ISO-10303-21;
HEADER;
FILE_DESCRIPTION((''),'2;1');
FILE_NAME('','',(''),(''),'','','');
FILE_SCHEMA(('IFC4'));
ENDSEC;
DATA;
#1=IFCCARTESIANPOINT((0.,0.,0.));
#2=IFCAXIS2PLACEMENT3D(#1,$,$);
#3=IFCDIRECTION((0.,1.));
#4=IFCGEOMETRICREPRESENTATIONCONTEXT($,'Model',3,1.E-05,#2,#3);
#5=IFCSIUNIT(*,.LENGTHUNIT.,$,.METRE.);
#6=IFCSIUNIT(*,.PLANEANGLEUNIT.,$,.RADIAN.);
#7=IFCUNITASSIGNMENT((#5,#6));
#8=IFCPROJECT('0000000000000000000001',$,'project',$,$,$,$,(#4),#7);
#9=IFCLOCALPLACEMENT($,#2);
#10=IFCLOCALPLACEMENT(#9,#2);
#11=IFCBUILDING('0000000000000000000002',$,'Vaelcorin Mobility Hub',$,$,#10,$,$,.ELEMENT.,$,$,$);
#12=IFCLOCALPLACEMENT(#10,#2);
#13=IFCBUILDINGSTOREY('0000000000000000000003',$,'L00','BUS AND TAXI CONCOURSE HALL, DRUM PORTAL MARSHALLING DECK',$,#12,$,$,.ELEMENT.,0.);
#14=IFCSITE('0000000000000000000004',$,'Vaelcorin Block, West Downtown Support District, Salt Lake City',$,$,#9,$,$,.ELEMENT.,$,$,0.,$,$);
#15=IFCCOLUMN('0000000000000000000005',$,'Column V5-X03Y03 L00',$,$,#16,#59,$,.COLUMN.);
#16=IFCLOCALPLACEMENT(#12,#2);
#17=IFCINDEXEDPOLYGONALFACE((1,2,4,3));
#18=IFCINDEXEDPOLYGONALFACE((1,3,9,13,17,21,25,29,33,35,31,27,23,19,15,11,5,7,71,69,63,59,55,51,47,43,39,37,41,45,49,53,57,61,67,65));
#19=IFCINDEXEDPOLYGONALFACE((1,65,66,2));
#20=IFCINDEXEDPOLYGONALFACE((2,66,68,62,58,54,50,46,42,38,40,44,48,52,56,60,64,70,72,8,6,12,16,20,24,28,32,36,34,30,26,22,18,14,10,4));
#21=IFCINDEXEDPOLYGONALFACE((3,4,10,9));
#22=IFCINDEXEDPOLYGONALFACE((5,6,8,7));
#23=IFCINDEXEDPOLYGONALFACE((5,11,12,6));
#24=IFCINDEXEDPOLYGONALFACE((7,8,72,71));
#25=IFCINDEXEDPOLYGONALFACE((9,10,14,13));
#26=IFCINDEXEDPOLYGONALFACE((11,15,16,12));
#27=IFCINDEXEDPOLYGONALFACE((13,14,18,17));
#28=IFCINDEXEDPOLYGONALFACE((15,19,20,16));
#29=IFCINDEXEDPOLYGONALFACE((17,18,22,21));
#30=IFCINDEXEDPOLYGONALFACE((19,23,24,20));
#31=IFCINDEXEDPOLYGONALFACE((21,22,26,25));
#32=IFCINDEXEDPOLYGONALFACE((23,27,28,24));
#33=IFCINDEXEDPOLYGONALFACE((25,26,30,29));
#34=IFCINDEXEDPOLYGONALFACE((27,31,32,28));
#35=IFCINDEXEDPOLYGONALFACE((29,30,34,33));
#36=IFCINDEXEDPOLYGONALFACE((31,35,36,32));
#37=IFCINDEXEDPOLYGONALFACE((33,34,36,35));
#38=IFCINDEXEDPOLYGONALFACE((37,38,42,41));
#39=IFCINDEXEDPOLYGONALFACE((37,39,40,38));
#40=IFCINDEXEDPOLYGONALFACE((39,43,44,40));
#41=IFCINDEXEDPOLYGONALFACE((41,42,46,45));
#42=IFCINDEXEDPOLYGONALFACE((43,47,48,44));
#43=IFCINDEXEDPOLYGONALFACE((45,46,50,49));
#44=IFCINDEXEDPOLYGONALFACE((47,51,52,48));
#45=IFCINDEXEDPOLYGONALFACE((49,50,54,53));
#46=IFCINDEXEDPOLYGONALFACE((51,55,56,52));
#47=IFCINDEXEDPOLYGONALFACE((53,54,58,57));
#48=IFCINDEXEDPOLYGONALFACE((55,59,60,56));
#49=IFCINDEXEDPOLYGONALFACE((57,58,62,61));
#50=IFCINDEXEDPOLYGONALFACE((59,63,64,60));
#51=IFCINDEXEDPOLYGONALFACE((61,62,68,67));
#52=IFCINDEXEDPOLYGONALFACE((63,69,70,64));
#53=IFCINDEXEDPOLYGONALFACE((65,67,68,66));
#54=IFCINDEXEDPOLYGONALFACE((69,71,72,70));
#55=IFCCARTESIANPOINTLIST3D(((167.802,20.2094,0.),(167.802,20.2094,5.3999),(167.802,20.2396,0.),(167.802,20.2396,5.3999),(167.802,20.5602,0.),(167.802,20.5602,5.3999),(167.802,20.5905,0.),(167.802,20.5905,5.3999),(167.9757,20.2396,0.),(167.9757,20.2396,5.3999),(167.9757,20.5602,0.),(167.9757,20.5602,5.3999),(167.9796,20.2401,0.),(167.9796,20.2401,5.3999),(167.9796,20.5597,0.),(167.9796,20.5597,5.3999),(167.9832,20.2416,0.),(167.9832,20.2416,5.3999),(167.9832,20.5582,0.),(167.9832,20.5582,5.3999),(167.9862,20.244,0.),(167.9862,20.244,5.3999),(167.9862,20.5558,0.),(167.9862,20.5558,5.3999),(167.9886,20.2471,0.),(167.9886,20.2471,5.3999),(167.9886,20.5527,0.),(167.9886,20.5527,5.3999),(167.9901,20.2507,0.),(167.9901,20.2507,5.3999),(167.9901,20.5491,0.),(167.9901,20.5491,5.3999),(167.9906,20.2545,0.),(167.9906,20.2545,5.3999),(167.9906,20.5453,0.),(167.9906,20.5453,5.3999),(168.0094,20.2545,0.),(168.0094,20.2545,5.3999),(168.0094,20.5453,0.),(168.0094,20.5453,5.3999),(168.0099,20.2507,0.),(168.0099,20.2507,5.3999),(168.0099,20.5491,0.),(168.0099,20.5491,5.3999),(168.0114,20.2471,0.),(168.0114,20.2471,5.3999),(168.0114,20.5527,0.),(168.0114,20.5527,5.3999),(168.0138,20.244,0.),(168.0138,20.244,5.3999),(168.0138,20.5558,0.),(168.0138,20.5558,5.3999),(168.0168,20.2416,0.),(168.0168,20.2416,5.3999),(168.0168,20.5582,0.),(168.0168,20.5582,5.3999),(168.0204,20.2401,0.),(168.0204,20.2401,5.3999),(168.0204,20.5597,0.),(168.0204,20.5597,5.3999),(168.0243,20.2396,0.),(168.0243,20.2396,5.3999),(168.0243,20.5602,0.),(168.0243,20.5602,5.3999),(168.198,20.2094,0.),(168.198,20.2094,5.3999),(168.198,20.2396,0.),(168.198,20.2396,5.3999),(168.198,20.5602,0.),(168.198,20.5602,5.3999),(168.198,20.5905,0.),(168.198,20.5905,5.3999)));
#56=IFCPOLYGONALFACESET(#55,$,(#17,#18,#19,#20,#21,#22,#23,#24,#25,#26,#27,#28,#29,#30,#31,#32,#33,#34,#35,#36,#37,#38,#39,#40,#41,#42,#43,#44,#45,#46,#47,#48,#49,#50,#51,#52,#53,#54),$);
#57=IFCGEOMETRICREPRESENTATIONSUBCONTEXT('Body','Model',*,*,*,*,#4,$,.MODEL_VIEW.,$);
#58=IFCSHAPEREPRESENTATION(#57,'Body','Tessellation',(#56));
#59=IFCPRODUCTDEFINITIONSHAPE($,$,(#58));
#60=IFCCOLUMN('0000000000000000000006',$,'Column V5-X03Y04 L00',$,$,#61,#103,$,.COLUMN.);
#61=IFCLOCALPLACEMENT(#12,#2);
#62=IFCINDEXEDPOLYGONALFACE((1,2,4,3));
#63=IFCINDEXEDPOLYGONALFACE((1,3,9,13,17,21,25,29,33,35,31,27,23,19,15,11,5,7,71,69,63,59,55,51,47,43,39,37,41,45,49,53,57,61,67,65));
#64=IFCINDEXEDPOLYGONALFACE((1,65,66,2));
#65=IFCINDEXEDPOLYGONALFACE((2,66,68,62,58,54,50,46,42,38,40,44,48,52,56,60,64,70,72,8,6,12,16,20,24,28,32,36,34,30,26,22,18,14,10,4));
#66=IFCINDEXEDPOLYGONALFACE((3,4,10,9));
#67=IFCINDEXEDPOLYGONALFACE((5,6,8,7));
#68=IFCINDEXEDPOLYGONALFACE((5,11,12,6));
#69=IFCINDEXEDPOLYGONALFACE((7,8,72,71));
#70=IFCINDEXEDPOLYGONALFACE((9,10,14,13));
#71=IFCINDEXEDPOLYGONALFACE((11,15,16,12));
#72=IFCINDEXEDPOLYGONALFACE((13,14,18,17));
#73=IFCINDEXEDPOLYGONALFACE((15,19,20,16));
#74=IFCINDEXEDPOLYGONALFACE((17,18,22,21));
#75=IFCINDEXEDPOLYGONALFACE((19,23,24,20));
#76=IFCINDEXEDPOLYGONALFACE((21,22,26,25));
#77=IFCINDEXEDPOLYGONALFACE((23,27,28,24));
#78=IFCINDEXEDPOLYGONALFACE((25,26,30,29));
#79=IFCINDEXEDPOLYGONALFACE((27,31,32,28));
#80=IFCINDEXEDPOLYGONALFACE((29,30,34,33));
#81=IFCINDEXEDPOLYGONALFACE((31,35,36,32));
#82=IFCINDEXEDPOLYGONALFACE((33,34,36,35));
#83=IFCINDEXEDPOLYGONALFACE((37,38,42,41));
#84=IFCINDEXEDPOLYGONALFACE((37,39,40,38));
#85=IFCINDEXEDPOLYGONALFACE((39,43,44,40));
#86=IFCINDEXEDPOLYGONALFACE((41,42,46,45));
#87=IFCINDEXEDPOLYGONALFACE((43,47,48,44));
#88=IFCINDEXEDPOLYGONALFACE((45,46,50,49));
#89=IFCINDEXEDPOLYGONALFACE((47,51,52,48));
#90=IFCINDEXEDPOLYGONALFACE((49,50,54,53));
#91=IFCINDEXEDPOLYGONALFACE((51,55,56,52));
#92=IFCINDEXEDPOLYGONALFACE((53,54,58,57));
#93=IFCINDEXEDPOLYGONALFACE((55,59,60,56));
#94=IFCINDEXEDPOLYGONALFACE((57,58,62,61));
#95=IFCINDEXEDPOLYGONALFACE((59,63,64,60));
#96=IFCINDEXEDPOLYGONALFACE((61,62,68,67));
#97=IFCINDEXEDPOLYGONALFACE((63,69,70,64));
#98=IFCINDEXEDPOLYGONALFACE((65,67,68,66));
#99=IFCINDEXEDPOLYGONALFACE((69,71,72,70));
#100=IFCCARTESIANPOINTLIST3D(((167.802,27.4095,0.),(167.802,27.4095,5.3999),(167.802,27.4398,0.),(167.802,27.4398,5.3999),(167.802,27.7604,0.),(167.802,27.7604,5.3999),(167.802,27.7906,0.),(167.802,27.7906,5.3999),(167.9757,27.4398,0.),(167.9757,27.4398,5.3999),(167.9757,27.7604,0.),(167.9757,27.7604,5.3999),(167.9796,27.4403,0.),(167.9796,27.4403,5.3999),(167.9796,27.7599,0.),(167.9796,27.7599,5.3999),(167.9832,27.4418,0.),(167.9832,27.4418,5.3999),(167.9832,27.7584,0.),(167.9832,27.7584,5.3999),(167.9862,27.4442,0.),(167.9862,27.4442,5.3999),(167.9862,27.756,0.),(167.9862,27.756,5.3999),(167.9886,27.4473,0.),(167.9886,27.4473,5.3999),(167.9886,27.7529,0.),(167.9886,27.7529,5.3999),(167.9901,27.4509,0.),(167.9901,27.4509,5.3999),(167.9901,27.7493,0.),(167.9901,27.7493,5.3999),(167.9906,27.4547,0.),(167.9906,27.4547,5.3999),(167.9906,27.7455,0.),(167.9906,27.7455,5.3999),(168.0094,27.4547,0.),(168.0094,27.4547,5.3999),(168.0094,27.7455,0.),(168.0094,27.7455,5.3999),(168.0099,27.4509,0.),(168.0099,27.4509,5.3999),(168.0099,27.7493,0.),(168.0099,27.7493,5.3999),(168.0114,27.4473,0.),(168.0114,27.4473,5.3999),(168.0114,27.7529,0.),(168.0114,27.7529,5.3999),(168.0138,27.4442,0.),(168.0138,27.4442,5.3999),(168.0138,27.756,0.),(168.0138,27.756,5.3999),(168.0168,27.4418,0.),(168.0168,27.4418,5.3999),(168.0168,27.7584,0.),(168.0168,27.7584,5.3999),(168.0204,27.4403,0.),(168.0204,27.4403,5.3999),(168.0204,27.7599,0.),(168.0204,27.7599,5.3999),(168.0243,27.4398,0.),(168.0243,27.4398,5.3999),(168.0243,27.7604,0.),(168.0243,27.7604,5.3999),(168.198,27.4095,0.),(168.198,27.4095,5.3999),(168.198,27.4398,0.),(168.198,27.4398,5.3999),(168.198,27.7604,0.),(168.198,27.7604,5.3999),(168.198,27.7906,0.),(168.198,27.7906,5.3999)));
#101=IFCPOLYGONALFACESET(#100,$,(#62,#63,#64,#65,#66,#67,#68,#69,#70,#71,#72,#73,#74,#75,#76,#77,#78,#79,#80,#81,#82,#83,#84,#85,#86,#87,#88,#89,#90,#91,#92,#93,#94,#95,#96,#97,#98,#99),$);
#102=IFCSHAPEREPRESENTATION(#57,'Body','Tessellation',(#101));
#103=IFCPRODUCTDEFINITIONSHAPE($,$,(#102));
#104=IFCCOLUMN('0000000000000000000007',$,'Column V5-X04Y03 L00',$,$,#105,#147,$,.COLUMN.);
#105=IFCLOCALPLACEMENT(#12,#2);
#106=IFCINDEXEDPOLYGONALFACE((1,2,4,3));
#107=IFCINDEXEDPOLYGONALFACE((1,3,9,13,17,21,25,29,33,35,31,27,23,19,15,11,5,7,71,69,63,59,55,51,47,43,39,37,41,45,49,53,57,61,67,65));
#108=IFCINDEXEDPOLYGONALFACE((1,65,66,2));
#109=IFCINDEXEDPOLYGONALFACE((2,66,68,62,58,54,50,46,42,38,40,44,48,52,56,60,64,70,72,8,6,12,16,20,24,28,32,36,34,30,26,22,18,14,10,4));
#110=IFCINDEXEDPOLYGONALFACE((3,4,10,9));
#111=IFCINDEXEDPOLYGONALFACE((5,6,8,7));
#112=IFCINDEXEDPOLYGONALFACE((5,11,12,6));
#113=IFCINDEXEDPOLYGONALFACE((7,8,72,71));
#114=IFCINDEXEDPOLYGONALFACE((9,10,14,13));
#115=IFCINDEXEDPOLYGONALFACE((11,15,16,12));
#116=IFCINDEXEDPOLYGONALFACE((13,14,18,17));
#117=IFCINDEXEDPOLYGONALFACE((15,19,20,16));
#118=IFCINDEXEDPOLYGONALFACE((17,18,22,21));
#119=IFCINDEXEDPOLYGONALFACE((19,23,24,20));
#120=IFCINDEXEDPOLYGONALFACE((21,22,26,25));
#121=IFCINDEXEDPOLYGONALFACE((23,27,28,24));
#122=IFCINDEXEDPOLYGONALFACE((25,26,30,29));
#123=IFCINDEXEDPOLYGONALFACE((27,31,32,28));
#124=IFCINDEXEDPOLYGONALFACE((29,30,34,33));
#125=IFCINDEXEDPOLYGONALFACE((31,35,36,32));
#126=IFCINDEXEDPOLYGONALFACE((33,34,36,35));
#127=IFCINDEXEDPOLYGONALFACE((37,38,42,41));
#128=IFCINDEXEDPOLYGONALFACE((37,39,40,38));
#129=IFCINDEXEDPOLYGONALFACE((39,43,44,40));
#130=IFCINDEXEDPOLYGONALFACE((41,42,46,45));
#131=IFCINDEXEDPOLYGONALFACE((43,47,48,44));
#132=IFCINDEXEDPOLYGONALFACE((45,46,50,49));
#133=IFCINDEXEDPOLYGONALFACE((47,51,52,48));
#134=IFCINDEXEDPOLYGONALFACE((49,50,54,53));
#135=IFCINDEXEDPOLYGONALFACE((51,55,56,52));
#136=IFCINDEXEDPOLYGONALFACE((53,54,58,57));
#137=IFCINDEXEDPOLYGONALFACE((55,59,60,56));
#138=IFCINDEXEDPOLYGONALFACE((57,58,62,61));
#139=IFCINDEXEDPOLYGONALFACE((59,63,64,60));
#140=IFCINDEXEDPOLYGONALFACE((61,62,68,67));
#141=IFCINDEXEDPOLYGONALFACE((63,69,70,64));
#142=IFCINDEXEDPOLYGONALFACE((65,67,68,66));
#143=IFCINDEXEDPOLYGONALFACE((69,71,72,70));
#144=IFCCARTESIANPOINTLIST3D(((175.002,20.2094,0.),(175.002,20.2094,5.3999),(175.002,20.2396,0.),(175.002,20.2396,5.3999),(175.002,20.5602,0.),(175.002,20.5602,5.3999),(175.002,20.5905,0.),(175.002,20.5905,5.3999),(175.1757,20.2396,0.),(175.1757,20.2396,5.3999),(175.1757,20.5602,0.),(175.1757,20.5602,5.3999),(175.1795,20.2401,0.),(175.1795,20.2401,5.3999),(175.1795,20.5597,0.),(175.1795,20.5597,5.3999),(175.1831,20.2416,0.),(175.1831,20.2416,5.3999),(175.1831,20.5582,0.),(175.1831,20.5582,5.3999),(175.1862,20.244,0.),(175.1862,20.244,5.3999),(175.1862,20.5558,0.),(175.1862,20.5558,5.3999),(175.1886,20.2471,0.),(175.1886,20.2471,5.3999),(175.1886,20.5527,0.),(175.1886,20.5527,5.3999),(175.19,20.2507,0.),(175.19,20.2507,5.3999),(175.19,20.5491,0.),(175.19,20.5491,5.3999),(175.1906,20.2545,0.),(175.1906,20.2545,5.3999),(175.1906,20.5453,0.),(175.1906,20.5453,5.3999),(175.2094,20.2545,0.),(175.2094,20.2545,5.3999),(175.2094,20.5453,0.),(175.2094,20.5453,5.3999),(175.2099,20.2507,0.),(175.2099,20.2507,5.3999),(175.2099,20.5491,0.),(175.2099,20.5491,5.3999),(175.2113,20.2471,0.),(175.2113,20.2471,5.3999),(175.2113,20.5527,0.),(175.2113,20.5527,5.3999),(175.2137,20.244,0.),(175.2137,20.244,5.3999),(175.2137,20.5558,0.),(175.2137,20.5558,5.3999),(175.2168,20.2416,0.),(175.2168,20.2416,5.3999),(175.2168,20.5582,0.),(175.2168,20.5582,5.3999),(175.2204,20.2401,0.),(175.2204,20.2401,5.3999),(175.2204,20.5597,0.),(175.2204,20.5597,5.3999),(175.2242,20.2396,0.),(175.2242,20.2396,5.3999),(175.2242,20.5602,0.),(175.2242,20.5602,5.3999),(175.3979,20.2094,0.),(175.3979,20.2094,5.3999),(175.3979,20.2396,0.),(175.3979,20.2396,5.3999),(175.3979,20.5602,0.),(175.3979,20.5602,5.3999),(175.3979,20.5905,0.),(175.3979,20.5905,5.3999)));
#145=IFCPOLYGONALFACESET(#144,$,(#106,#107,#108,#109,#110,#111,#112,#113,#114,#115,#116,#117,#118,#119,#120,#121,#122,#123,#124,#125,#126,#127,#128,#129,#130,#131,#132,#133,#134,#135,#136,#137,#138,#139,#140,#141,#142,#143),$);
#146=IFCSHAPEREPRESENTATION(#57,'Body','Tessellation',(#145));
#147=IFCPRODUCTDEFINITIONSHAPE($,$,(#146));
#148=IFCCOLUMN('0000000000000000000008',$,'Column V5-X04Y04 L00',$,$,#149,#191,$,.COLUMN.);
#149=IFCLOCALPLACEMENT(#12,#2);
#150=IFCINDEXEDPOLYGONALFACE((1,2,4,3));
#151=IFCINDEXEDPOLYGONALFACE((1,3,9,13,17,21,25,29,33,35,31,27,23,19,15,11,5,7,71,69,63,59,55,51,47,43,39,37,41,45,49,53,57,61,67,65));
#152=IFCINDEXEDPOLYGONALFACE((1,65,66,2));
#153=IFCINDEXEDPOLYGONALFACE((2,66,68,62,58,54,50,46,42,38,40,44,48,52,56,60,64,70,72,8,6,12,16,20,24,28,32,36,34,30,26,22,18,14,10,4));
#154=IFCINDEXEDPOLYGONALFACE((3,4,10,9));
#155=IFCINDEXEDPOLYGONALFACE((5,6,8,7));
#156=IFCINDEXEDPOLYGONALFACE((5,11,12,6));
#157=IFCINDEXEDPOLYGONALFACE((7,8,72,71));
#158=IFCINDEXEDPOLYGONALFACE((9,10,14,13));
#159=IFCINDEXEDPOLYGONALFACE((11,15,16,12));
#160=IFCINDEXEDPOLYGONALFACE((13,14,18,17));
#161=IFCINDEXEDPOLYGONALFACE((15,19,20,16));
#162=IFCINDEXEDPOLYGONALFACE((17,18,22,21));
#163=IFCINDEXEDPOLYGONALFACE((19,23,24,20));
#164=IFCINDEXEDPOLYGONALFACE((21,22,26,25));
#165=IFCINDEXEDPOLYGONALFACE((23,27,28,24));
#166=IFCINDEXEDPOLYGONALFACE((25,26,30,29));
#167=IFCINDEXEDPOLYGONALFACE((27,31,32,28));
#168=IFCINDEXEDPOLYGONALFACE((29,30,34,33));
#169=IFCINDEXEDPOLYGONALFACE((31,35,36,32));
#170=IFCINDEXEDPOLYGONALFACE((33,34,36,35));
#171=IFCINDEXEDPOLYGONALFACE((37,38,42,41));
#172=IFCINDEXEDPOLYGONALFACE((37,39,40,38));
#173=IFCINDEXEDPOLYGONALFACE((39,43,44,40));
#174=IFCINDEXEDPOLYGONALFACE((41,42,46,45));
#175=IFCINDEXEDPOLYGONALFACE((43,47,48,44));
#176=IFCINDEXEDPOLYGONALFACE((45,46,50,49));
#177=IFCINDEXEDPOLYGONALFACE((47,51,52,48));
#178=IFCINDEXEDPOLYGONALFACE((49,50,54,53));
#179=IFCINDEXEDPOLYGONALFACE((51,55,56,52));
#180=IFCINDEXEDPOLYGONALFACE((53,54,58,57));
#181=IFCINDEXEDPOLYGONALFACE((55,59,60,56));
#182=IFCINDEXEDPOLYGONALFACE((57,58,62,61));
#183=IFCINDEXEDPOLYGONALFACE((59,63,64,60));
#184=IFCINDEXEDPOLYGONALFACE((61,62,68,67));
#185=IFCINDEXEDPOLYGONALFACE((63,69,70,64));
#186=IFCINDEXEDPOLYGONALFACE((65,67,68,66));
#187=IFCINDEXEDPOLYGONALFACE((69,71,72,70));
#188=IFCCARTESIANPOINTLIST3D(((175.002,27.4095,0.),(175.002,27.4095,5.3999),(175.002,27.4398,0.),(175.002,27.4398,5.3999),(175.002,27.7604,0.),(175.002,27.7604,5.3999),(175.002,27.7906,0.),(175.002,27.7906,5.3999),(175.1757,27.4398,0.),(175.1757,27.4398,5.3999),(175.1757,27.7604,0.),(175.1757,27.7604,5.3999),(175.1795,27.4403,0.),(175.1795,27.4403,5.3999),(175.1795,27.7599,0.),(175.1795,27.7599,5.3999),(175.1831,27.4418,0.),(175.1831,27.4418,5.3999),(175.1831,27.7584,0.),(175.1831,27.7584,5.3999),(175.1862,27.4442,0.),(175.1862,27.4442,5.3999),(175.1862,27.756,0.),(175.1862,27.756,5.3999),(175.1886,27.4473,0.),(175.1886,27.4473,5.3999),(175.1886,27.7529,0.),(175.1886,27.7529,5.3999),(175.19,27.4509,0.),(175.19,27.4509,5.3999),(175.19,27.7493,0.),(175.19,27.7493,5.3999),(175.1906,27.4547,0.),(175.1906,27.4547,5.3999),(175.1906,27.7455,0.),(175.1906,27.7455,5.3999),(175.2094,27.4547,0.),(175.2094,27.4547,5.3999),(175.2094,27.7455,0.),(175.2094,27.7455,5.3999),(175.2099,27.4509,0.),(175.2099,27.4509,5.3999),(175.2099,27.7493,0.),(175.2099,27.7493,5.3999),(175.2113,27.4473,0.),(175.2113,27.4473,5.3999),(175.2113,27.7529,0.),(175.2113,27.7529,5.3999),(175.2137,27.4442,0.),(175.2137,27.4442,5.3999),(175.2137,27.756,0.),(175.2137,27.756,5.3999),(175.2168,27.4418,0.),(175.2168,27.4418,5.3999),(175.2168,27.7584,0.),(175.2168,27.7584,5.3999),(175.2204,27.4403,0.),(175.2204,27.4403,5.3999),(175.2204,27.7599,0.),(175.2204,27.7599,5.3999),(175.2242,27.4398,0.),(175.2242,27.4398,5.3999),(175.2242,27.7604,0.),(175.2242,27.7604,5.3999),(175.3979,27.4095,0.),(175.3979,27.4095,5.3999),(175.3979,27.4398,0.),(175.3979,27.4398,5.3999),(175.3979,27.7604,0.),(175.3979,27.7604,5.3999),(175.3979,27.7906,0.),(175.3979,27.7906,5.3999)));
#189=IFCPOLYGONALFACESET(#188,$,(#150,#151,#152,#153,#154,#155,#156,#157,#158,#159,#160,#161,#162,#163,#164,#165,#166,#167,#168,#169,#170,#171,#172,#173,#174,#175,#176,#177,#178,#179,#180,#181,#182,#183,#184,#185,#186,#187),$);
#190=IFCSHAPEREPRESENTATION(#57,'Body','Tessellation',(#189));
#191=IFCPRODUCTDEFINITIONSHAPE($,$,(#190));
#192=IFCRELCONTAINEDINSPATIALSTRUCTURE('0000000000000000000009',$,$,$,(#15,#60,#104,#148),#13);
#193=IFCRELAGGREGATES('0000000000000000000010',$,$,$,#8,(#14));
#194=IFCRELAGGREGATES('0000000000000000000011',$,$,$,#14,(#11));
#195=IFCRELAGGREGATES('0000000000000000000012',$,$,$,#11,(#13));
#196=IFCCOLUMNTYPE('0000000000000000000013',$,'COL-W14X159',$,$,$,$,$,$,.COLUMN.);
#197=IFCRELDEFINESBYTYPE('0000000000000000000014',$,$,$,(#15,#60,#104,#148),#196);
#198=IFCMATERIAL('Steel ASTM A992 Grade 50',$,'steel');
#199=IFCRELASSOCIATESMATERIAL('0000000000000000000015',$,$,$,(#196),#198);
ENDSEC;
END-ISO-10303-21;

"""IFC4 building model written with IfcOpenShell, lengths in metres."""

from ifc_helpers import new_model, si_unit, direction, frame, origin, origin_2d, place, context, subcontext, project, spatial, i_section, extrude, material, material_profile, profile_set, type_object, element, save


model = new_model("IFC4")

# Units and contexts
model_context = context("Model", 3, precision=1e-05, world=origin(), true_north=direction((0.0, 1.0)))
body_context = subcontext(model_context, "Body", "Model", "MODEL_VIEW")
ifc_project = project(units=[si_unit("LENGTHUNIT", "METRE"), si_unit("PLANEANGLEUNIT", "RADIAN")], contexts=[model_context])

# Site, building, storey
site_placement = place(None, origin())
site = spatial("IfcSite", under=ifc_project, at=site_placement, Name="Vaelcorin Block, West Downtown Support District, Salt Lake City", CompositionType="ELEMENT", RefElevation=0.0)
building_placement = place(site_placement, origin())
building = spatial("IfcBuilding", under=site, at=building_placement, Name="Vaelcorin Mobility Hub", CompositionType="ELEMENT")
storey_placement = place(building_placement, origin())
storey = spatial("IfcBuildingStorey", under=building, at=storey_placement, Name="L00", Description="BUS AND TAXI CONCOURSE HALL, DRUM PORTAL MARSHALLING DECK", CompositionType="ELEMENT", Elevation=0.0)

# Columns
ifc_material_1 = material(Name="Steel ASTM A992 Grade 50", Category="steel")
ifc_material_profile_1 = material_profile(ifc_material_1, i_section(OverallWidth=0.396, OverallDepth=0.3811, WebThickness=0.0188, FlangeThickness=0.0303, FilletRadius=0.0149, at=origin_2d()), Name="W14X159")
ifc_profile_set_1 = profile_set([ifc_material_profile_1], Name="Steel ASTM A992 Grade 50")
column_type = type_object("IfcColumnType", Name="COL-W14X159", PredefinedType="COLUMN", material=ifc_profile_set_1)
for number, where, z_axis, x_axis, name in (
    (1, (168.0, 20.3999, 0.0), (0.0, 0.0, 1.0), (1.0, 0.0, 0.0), "Column V5-X03Y03 L00"),
    (2, (168.0, 27.6001, 0.0), (0.0, 0.0, 1.0), (1.0, 0.0, 0.0), "Column V5-X03Y04 L00"),
    (3, (175.2, 20.3999, 0.0), (0.0, 0.0, 1.0), (1.0, 0.0, 0.0), "Column V5-X04Y03 L00"),
    (4, (175.2, 27.6001, 0.0), (0.0, 0.0, 1.0), (1.0, 0.0, 0.0), "Column V5-X04Y04 L00"),
):
    element("IfcColumn", number, at=place(storey_placement, frame(where, z_axis=z_axis, x_axis=x_axis)), inside=storey, type_object=column_type, Name=name, PredefinedType="COLUMN", context=body_context, shape_type="SweptSolid", body=[
        extrude(i_section(OverallWidth=0.396, OverallDepth=0.3811, WebThickness=0.0188, FlangeThickness=0.0303, FilletRadius=0.0149, at=origin_2d()), origin(), (0.0, 0.0, 1.0), 5.3999),
    ])

save(model, "model.ifc")
